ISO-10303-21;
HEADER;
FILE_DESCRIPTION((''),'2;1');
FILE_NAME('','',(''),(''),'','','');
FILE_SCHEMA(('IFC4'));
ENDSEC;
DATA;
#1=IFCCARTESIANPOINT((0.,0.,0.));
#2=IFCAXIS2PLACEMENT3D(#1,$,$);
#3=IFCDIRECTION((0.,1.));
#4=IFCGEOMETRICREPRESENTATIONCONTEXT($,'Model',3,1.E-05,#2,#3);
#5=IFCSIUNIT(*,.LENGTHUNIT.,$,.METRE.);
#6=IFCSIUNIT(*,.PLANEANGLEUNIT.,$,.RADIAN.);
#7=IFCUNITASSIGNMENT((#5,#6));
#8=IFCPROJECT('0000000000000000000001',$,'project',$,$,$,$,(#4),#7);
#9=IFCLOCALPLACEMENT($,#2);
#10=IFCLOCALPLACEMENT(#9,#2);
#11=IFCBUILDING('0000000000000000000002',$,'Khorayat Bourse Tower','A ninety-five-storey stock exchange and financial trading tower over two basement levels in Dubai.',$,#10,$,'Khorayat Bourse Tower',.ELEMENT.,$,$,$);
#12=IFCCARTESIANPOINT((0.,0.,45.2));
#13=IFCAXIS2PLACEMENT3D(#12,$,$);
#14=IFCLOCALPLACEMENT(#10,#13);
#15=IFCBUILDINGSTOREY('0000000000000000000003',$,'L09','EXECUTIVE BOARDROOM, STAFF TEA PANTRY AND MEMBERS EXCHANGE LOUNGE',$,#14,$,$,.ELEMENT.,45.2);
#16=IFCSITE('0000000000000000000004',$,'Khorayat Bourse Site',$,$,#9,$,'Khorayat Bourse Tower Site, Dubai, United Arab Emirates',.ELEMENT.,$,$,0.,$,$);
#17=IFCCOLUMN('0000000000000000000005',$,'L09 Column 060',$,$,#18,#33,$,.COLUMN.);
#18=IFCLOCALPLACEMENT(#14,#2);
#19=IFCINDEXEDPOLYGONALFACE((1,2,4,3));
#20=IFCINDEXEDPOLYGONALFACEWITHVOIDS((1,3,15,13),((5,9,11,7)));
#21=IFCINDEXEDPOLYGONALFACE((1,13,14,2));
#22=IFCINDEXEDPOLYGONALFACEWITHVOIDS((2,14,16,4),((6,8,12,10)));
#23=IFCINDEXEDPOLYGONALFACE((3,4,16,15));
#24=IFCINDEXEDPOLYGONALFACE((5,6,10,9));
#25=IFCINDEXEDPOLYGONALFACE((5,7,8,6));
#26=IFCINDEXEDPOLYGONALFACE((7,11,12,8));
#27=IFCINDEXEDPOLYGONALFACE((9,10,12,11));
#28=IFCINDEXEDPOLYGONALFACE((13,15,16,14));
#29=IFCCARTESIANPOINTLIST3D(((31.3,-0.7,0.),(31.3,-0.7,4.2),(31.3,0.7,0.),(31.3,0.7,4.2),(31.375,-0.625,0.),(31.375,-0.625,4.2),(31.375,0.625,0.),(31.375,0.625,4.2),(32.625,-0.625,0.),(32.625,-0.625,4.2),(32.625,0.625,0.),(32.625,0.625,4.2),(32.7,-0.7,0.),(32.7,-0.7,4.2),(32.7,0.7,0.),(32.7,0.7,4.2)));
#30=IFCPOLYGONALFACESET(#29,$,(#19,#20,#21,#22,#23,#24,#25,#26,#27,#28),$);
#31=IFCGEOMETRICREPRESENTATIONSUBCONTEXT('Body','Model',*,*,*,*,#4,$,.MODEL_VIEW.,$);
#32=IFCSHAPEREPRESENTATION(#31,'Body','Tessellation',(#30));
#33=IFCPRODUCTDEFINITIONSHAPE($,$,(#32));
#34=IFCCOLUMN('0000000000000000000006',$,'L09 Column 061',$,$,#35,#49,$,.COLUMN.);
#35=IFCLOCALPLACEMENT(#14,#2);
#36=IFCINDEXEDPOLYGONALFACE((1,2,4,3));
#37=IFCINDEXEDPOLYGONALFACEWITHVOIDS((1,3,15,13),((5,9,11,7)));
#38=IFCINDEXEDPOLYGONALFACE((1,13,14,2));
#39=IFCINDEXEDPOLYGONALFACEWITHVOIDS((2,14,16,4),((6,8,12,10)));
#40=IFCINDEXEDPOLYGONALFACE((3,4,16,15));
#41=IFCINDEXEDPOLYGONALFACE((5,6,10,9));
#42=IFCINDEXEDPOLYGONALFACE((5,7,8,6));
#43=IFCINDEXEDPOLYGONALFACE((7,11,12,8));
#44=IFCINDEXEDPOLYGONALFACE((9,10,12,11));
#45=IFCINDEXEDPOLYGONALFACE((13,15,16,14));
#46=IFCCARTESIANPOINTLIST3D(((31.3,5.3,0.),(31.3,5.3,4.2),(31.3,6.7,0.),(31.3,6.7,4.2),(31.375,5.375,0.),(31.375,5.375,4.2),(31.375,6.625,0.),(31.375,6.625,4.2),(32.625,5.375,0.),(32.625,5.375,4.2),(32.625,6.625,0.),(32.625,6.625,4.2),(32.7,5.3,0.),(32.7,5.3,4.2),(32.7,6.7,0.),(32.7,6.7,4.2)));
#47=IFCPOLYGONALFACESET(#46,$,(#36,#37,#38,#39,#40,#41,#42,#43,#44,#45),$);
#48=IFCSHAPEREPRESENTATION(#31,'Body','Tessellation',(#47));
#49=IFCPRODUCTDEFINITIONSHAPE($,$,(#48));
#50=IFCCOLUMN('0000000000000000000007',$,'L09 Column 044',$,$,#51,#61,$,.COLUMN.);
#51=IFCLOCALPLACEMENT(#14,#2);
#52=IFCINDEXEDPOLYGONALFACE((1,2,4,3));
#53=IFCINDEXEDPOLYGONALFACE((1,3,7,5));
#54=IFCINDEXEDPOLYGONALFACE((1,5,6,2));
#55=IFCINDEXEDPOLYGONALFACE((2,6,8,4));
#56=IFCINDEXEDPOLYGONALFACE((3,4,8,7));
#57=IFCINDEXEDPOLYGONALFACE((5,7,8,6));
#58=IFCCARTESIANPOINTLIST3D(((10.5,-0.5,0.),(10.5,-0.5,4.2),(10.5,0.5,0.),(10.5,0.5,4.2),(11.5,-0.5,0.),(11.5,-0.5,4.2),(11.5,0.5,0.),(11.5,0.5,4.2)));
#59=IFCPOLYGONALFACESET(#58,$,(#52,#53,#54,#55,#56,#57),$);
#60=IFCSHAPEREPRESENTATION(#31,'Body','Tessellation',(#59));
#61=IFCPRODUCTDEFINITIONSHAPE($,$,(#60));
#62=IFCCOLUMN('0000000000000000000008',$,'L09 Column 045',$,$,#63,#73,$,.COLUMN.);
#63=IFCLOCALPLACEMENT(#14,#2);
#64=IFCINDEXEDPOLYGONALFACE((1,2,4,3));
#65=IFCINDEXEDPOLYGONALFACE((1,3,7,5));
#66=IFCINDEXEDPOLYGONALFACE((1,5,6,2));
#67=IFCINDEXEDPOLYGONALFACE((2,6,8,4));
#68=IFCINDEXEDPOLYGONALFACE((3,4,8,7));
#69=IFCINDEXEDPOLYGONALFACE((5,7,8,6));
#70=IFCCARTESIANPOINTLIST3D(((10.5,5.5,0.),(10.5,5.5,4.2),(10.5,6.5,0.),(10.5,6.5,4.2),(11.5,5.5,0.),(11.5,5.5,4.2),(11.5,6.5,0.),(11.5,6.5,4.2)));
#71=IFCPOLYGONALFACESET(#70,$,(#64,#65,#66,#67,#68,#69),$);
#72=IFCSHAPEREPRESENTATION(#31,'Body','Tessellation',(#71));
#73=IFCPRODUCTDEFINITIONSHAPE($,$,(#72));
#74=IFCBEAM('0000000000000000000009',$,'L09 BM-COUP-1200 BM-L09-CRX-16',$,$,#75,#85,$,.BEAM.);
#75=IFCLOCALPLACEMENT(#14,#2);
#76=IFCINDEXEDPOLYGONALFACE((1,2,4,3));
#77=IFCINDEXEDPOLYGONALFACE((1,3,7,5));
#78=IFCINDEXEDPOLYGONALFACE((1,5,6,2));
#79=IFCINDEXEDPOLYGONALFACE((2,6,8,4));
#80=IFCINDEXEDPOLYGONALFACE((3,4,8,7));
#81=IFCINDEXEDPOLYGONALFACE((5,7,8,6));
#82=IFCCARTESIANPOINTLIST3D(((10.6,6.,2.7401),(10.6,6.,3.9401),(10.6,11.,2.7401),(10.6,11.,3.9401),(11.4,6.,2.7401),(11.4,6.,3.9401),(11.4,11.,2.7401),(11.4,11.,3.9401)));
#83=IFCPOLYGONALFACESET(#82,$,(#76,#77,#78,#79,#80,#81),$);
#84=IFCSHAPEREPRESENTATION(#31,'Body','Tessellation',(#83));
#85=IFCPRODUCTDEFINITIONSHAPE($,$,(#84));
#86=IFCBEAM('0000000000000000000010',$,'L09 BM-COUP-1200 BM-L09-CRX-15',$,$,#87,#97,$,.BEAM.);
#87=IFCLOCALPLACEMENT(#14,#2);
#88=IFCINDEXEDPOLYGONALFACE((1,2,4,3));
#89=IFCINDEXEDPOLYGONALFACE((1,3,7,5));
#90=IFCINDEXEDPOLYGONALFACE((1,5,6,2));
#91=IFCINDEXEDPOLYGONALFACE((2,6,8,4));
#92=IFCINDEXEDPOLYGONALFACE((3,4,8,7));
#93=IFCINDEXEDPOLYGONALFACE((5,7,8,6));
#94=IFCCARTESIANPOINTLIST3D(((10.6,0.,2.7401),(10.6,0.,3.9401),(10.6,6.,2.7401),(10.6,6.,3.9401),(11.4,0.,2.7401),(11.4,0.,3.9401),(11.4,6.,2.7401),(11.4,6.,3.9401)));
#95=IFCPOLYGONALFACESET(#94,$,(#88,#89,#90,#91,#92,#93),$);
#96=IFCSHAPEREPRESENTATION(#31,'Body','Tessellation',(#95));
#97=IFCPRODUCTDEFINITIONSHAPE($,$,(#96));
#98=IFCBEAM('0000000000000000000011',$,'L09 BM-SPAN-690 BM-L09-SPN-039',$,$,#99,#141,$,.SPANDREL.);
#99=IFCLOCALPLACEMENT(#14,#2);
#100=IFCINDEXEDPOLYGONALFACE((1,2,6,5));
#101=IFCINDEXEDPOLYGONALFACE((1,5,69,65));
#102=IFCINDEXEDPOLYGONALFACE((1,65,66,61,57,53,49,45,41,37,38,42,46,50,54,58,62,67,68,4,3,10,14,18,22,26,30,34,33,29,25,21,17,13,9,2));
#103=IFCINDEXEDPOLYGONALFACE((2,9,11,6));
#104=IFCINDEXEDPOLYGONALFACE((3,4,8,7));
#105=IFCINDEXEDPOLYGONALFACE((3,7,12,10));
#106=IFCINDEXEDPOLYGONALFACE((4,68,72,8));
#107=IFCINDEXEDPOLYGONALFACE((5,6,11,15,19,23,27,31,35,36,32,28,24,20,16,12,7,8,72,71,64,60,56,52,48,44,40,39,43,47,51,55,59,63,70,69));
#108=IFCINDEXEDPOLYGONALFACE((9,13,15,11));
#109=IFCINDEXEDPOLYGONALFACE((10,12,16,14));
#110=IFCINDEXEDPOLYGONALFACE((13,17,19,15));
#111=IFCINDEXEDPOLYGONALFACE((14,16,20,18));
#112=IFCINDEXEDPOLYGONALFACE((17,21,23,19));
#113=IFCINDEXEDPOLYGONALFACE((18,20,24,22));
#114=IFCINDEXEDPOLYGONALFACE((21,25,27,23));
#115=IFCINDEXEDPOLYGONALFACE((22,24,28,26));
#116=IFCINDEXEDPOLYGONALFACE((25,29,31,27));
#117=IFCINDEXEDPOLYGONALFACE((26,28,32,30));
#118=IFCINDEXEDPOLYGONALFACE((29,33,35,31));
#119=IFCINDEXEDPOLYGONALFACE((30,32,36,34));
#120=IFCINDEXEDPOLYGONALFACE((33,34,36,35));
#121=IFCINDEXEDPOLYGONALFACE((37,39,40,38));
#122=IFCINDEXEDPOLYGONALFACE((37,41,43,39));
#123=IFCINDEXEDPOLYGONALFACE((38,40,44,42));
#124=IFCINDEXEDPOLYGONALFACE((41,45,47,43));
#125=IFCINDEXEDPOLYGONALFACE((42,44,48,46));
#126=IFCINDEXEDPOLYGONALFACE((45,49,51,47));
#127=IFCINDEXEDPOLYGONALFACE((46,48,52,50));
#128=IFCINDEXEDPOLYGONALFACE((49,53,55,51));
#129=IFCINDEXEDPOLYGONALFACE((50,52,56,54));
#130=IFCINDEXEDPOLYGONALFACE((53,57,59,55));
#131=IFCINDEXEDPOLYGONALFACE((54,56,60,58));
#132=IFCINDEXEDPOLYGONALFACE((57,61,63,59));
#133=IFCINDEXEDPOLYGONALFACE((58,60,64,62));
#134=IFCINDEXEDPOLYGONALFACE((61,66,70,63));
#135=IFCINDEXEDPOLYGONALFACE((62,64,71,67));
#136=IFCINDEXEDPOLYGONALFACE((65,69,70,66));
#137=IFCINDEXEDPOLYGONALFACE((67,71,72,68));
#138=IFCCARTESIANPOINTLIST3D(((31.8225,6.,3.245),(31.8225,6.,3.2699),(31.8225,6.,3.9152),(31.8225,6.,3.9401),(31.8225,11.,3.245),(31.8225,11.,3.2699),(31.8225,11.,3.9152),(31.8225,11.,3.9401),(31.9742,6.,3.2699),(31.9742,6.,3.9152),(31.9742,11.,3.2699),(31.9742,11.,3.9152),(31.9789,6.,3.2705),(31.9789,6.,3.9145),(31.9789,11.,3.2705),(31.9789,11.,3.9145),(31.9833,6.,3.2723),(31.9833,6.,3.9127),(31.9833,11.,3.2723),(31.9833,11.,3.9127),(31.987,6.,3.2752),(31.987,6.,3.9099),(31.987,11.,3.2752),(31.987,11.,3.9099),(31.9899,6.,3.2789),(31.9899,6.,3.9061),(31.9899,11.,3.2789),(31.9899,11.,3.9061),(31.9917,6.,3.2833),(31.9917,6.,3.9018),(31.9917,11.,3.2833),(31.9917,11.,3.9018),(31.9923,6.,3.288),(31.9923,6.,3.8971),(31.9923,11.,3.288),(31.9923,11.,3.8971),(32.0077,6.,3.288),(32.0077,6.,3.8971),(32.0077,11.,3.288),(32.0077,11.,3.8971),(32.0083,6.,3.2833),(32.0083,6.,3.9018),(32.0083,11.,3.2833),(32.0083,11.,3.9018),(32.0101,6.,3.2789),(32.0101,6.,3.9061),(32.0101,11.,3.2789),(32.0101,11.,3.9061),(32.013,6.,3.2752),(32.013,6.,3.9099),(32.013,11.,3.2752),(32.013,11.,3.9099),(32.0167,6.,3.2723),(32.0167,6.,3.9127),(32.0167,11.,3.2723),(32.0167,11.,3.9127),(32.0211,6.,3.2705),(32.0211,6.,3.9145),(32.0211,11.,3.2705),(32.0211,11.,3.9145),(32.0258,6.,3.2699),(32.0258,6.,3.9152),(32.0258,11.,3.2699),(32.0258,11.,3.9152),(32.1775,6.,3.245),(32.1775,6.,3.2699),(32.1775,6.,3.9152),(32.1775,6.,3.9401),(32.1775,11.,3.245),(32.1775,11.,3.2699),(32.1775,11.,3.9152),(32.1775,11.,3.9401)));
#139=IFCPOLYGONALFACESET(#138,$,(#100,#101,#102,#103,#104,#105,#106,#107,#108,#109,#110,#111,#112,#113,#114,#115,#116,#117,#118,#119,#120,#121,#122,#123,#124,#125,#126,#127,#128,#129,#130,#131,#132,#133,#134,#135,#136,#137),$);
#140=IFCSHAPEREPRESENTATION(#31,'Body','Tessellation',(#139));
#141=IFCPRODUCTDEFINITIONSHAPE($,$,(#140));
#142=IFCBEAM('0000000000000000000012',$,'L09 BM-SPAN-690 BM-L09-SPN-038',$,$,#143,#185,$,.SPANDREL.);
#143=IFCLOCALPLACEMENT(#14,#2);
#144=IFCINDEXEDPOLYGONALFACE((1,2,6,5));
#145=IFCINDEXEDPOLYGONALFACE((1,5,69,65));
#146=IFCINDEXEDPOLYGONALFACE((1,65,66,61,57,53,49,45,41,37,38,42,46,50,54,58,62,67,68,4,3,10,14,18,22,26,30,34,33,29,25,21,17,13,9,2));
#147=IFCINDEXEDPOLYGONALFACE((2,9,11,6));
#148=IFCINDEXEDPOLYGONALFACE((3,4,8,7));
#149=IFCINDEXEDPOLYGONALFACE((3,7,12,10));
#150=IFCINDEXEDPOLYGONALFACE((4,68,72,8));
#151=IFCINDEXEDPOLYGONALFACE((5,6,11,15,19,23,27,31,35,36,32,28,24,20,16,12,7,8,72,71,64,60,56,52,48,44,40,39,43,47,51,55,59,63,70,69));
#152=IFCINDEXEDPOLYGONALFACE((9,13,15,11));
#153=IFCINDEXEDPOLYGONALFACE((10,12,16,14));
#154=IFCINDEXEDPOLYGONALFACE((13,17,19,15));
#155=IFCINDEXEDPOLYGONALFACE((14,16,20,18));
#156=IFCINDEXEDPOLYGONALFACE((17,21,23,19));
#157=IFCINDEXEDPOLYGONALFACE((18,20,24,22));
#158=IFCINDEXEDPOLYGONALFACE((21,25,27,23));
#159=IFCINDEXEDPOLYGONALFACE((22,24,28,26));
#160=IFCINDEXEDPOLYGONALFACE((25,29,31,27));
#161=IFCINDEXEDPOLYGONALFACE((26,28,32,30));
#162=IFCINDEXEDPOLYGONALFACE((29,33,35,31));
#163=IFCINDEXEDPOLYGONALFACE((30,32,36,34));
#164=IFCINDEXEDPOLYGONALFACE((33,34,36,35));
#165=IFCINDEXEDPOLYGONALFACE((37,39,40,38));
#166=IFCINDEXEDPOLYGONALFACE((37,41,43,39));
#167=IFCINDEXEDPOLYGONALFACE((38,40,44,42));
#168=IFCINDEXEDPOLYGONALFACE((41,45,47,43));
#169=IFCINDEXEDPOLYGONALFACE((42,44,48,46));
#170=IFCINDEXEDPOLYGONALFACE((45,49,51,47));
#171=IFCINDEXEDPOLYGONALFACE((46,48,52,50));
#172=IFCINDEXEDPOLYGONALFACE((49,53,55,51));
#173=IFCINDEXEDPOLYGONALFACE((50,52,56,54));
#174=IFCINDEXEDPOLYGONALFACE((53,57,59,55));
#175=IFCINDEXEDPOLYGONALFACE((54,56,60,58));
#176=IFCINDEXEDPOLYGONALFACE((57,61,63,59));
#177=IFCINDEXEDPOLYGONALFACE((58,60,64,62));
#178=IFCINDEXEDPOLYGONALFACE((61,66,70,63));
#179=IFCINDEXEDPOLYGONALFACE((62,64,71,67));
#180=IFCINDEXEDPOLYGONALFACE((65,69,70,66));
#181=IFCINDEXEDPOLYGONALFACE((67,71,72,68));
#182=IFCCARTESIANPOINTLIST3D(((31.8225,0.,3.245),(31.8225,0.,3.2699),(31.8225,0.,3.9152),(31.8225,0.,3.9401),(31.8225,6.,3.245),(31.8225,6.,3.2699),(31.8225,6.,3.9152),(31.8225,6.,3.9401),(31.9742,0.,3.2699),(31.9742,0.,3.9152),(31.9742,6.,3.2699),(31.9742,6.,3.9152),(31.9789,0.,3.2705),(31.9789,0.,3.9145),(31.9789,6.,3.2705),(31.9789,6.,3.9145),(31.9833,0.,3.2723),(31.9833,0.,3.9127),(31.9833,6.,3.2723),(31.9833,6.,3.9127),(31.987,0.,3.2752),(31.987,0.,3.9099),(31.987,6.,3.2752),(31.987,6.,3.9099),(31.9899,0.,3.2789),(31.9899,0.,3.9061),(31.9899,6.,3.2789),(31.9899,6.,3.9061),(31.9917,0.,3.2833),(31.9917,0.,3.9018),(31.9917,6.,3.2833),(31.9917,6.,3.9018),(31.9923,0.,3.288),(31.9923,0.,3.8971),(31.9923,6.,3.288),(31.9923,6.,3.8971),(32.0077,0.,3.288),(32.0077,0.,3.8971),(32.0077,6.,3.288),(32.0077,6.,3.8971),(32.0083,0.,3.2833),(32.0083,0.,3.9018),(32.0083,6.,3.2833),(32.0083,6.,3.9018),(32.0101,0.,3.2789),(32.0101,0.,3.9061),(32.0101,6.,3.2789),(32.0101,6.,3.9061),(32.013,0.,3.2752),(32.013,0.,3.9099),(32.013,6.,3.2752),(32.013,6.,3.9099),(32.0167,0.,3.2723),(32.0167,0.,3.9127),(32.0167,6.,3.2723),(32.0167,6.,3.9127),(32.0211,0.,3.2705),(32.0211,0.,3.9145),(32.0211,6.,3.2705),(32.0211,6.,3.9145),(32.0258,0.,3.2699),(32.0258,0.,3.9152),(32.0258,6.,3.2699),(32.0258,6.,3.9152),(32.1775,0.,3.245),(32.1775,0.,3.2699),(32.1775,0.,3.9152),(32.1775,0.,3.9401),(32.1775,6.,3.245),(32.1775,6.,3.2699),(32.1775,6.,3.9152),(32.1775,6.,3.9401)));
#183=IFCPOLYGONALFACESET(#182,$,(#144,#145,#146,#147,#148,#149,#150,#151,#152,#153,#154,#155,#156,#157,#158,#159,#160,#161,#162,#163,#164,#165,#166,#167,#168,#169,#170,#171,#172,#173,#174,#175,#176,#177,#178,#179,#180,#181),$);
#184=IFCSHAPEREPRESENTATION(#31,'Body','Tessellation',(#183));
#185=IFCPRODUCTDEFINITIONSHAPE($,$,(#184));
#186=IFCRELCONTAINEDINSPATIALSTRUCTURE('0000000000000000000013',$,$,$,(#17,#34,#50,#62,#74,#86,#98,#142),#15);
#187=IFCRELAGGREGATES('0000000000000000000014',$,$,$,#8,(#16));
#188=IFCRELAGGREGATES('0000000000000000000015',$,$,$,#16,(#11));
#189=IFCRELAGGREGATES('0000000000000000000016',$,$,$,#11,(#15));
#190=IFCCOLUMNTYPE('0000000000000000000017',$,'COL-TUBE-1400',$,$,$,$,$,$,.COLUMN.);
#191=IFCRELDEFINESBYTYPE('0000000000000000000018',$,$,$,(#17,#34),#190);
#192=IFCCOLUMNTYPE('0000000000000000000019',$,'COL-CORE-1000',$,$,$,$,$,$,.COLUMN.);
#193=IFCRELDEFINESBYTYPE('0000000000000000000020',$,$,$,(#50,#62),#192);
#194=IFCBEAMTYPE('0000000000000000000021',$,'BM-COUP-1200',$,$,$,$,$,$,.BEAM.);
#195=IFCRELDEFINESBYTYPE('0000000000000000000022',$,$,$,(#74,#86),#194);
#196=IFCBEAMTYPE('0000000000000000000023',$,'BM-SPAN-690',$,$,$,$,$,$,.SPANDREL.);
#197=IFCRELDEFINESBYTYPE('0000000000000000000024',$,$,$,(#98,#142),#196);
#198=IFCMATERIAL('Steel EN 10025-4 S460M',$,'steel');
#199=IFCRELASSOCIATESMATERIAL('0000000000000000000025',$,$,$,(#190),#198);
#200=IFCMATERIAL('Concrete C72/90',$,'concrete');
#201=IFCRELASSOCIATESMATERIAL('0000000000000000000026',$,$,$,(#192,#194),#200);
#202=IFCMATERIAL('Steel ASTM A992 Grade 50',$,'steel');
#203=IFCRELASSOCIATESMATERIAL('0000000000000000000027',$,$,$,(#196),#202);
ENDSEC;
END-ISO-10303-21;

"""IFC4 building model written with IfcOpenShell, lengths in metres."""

from ifc_helpers import new_model, si_unit, direction, frame, origin, origin_2d, place, context, subcontext, project, spatial, rectangle, hollow_rectangle, i_section, extrude, source, transform, mapped, material, material_profile, profile_set, type_object, element, save


model = new_model("IFC4")

# Units and contexts
model_context = context("Model", 3, precision=1e-05, world=origin(), true_north=direction((0.0, 1.0)))
body_context = subcontext(model_context, "Body", "Model", "MODEL_VIEW")
ifc_project = project(units=[si_unit("LENGTHUNIT", "METRE"), si_unit("PLANEANGLEUNIT", "RADIAN")], contexts=[model_context])

# Site, building, storey
site_placement = place(None, origin())
site = spatial("IfcSite", under=ifc_project, at=site_placement, Name="Khorayat Bourse Site", LongName="Khorayat Bourse Tower Site, Dubai, United Arab Emirates", CompositionType="ELEMENT", RefElevation=0.0)
building_placement = place(site_placement, origin())
building = spatial("IfcBuilding", under=site, at=building_placement, Name="Khorayat Bourse Tower", Description="A ninety-five-storey stock exchange and financial trading tower over two basement levels in Dubai.", LongName="Khorayat Bourse Tower", CompositionType="ELEMENT")
storey_placement = place(building_placement, frame((0.0, 0.0, 45.2)))
storey = spatial("IfcBuildingStorey", under=building, at=storey_placement, Name="L09", Description="EXECUTIVE BOARDROOM, STAFF TEA PANTRY AND MEMBERS EXCHANGE LOUNGE", CompositionType="ELEMENT", Elevation=45.2)

# Columns
ifc_material_1 = material(Name="Steel EN 10025-4 S460M", Category="steel")
ifc_material_profile_1 = material_profile(ifc_material_1, hollow_rectangle(XDim=1.3999, YDim=1.3999, WallThickness=0.075, at=origin_2d()), Name="BOX 1400x1400x75")
ifc_profile_set_1 = profile_set([ifc_material_profile_1], Name="Steel EN 10025-4 S460M")
column_type_1 = type_object("IfcColumnType", Name="COL-TUBE-1400", PredefinedType="COLUMN", material=ifc_profile_set_1)
shared_shape_1 = source(origin(), body_context, "Body", "SweptSolid", [
    extrude(hollow_rectangle(XDim=1.3999, YDim=1.3999, WallThickness=0.075, at=origin_2d()), origin(), (0.0, 0.0, 1.0), 4.2),
])
for number, where, z_axis, x_axis, name in (
    (1, (32.0, 0.0, 0.0), (0.0, 0.0, 1.0), (1.0, 0.0, 0.0), "L09 Column 060"),
    (2, (32.0, 6.0, 0.0), (0.0, 0.0, 1.0), (1.0, 0.0, 0.0), "L09 Column 061"),
):
    element("IfcColumn", number, at=place(storey_placement, frame(where, z_axis=z_axis, x_axis=x_axis)), inside=storey, type_object=column_type_1, Name=name, PredefinedType="COLUMN", context=body_context, shape_type="MappedRepresentation", body=[
        mapped(shared_shape_1, transform((0.0, 0.0, 0.0), scale=1.0)),
    ])
ifc_material_2 = material(Name="Concrete C72/90", Category="concrete")
ifc_material_profile_2 = material_profile(ifc_material_2, rectangle(XDim=1.0, YDim=1.0, at=origin_2d()), Name="RC 1000x1000")
ifc_profile_set_2 = profile_set([ifc_material_profile_2], Name="Concrete C72/90")
column_type_2 = type_object("IfcColumnType", Name="COL-CORE-1000", PredefinedType="COLUMN", material=ifc_profile_set_2)
shared_shape_2 = source(origin(), body_context, "Body", "SweptSolid", [
    extrude(rectangle(XDim=1.0, YDim=1.0, at=origin_2d()), origin(), (0.0, 0.0, 1.0), 4.2),
])
for number, where, z_axis, x_axis, name in (
    (3, (11.0, 0.0, 0.0), (0.0, 0.0, 1.0), (1.0, 0.0, 0.0), "L09 Column 044"),
    (4, (11.0, 6.0, 0.0), (0.0, 0.0, 1.0), (1.0, 0.0, 0.0), "L09 Column 045"),
):
    element("IfcColumn", number, at=place(storey_placement, frame(where, z_axis=z_axis, x_axis=x_axis)), inside=storey, type_object=column_type_2, Name=name, PredefinedType="COLUMN", context=body_context, shape_type="MappedRepresentation", body=[
        mapped(shared_shape_2, transform((0.0, 0.0, 0.0), scale=1.0)),
    ])

# Beams
ifc_material_profile_3 = material_profile(ifc_material_2, rectangle(XDim=0.8, YDim=1.2, at=origin_2d()), Name="RC 800x1200")
ifc_profile_set_3 = profile_set([ifc_material_profile_3], Name="Concrete C72/90")
beam_type_1 = type_object("IfcBeamType", Name="BM-COUP-1200", PredefinedType="BEAM", material=ifc_profile_set_3)
shared_shape_3 = source(origin(), body_context, "Body", "SweptSolid", [
    extrude(rectangle(XDim=0.8, YDim=1.2, at=origin_2d()), origin(), (0.0, 0.0, 1.0), 5.0),
])
beam_1_placement = place(storey_placement, frame((11.0, 6.0, 3.3401), z_axis=(0.0, 1.0, 0.0), x_axis=(-1.0, 0.0, 0.0)))
element("IfcBeam", 5, at=beam_1_placement, inside=storey, type_object=beam_type_1, Name="L09 BM-COUP-1200 BM-L09-CRX-16", PredefinedType="BEAM", context=body_context, shape_type="MappedRepresentation", body=[
    mapped(shared_shape_3, transform((0.0, 0.0, 0.0), scale=1.0)),
])
shared_shape_4 = source(origin(), body_context, "Body", "SweptSolid", [
    extrude(rectangle(XDim=0.8, YDim=1.2, at=origin_2d()), origin(), (0.0, 0.0, 1.0), 6.0),
])
beam_2_placement = place(storey_placement, frame((11.0, 0.0, 3.3401), z_axis=(0.0, 1.0, 0.0), x_axis=(-1.0, 0.0, 0.0)))
element("IfcBeam", 6, at=beam_2_placement, inside=storey, type_object=beam_type_1, Name="L09 BM-COUP-1200 BM-L09-CRX-15", PredefinedType="BEAM", context=body_context, shape_type="MappedRepresentation", body=[
    mapped(shared_shape_4, transform((0.0, 0.0, 0.0), scale=1.0)),
])
ifc_material_3 = material(Name="Steel ASTM A992 Grade 50", Category="steel")
ifc_material_profile_4 = material_profile(ifc_material_3, i_section(OverallWidth=0.355, OverallDepth=0.6951, WebThickness=0.0154, FlangeThickness=0.0249, FilletRadius=0.0181, at=origin_2d()), Name="W690X217")
ifc_profile_set_4 = profile_set([ifc_material_profile_4], Name="Steel ASTM A992 Grade 50")
beam_type_2 = type_object("IfcBeamType", Name="BM-SPAN-690", PredefinedType="SPANDREL", material=ifc_profile_set_4)
shared_shape_5 = source(origin(), body_context, "Body", "SweptSolid", [
    extrude(i_section(OverallWidth=0.355, OverallDepth=0.6951, WebThickness=0.0154, FlangeThickness=0.0249, FilletRadius=0.0181, at=origin_2d()), origin(), (0.0, 0.0, 1.0), 5.0),
])
beam_3_placement = place(storey_placement, frame((32.0, 6.0, 3.5925), z_axis=(0.0, 1.0, 0.0), x_axis=(-1.0, 0.0, 0.0)))
element("IfcBeam", 7, at=beam_3_placement, inside=storey, type_object=beam_type_2, Name="L09 BM-SPAN-690 BM-L09-SPN-039", PredefinedType="SPANDREL", context=body_context, shape_type="MappedRepresentation", body=[
    mapped(shared_shape_5, transform((0.0, 0.0, 0.0), scale=1.0)),
])
shared_shape_6 = source(origin(), body_context, "Body", "SweptSolid", [
    extrude(i_section(OverallWidth=0.355, OverallDepth=0.6951, WebThickness=0.0154, FlangeThickness=0.0249, FilletRadius=0.0181, at=origin_2d()), origin(), (0.0, 0.0, 1.0), 6.0),
])
beam_4_placement = place(storey_placement, frame((32.0, 0.0, 3.5925), z_axis=(0.0, 1.0, 0.0), x_axis=(-1.0, 0.0, 0.0)))
element("IfcBeam", 8, at=beam_4_placement, inside=storey, type_object=beam_type_2, Name="L09 BM-SPAN-690 BM-L09-SPN-038", PredefinedType="SPANDREL", context=body_context, shape_type="MappedRepresentation", body=[
    mapped(shared_shape_6, transform((0.0, 0.0, 0.0), scale=1.0)),
])

save(model, "model.ifc")
